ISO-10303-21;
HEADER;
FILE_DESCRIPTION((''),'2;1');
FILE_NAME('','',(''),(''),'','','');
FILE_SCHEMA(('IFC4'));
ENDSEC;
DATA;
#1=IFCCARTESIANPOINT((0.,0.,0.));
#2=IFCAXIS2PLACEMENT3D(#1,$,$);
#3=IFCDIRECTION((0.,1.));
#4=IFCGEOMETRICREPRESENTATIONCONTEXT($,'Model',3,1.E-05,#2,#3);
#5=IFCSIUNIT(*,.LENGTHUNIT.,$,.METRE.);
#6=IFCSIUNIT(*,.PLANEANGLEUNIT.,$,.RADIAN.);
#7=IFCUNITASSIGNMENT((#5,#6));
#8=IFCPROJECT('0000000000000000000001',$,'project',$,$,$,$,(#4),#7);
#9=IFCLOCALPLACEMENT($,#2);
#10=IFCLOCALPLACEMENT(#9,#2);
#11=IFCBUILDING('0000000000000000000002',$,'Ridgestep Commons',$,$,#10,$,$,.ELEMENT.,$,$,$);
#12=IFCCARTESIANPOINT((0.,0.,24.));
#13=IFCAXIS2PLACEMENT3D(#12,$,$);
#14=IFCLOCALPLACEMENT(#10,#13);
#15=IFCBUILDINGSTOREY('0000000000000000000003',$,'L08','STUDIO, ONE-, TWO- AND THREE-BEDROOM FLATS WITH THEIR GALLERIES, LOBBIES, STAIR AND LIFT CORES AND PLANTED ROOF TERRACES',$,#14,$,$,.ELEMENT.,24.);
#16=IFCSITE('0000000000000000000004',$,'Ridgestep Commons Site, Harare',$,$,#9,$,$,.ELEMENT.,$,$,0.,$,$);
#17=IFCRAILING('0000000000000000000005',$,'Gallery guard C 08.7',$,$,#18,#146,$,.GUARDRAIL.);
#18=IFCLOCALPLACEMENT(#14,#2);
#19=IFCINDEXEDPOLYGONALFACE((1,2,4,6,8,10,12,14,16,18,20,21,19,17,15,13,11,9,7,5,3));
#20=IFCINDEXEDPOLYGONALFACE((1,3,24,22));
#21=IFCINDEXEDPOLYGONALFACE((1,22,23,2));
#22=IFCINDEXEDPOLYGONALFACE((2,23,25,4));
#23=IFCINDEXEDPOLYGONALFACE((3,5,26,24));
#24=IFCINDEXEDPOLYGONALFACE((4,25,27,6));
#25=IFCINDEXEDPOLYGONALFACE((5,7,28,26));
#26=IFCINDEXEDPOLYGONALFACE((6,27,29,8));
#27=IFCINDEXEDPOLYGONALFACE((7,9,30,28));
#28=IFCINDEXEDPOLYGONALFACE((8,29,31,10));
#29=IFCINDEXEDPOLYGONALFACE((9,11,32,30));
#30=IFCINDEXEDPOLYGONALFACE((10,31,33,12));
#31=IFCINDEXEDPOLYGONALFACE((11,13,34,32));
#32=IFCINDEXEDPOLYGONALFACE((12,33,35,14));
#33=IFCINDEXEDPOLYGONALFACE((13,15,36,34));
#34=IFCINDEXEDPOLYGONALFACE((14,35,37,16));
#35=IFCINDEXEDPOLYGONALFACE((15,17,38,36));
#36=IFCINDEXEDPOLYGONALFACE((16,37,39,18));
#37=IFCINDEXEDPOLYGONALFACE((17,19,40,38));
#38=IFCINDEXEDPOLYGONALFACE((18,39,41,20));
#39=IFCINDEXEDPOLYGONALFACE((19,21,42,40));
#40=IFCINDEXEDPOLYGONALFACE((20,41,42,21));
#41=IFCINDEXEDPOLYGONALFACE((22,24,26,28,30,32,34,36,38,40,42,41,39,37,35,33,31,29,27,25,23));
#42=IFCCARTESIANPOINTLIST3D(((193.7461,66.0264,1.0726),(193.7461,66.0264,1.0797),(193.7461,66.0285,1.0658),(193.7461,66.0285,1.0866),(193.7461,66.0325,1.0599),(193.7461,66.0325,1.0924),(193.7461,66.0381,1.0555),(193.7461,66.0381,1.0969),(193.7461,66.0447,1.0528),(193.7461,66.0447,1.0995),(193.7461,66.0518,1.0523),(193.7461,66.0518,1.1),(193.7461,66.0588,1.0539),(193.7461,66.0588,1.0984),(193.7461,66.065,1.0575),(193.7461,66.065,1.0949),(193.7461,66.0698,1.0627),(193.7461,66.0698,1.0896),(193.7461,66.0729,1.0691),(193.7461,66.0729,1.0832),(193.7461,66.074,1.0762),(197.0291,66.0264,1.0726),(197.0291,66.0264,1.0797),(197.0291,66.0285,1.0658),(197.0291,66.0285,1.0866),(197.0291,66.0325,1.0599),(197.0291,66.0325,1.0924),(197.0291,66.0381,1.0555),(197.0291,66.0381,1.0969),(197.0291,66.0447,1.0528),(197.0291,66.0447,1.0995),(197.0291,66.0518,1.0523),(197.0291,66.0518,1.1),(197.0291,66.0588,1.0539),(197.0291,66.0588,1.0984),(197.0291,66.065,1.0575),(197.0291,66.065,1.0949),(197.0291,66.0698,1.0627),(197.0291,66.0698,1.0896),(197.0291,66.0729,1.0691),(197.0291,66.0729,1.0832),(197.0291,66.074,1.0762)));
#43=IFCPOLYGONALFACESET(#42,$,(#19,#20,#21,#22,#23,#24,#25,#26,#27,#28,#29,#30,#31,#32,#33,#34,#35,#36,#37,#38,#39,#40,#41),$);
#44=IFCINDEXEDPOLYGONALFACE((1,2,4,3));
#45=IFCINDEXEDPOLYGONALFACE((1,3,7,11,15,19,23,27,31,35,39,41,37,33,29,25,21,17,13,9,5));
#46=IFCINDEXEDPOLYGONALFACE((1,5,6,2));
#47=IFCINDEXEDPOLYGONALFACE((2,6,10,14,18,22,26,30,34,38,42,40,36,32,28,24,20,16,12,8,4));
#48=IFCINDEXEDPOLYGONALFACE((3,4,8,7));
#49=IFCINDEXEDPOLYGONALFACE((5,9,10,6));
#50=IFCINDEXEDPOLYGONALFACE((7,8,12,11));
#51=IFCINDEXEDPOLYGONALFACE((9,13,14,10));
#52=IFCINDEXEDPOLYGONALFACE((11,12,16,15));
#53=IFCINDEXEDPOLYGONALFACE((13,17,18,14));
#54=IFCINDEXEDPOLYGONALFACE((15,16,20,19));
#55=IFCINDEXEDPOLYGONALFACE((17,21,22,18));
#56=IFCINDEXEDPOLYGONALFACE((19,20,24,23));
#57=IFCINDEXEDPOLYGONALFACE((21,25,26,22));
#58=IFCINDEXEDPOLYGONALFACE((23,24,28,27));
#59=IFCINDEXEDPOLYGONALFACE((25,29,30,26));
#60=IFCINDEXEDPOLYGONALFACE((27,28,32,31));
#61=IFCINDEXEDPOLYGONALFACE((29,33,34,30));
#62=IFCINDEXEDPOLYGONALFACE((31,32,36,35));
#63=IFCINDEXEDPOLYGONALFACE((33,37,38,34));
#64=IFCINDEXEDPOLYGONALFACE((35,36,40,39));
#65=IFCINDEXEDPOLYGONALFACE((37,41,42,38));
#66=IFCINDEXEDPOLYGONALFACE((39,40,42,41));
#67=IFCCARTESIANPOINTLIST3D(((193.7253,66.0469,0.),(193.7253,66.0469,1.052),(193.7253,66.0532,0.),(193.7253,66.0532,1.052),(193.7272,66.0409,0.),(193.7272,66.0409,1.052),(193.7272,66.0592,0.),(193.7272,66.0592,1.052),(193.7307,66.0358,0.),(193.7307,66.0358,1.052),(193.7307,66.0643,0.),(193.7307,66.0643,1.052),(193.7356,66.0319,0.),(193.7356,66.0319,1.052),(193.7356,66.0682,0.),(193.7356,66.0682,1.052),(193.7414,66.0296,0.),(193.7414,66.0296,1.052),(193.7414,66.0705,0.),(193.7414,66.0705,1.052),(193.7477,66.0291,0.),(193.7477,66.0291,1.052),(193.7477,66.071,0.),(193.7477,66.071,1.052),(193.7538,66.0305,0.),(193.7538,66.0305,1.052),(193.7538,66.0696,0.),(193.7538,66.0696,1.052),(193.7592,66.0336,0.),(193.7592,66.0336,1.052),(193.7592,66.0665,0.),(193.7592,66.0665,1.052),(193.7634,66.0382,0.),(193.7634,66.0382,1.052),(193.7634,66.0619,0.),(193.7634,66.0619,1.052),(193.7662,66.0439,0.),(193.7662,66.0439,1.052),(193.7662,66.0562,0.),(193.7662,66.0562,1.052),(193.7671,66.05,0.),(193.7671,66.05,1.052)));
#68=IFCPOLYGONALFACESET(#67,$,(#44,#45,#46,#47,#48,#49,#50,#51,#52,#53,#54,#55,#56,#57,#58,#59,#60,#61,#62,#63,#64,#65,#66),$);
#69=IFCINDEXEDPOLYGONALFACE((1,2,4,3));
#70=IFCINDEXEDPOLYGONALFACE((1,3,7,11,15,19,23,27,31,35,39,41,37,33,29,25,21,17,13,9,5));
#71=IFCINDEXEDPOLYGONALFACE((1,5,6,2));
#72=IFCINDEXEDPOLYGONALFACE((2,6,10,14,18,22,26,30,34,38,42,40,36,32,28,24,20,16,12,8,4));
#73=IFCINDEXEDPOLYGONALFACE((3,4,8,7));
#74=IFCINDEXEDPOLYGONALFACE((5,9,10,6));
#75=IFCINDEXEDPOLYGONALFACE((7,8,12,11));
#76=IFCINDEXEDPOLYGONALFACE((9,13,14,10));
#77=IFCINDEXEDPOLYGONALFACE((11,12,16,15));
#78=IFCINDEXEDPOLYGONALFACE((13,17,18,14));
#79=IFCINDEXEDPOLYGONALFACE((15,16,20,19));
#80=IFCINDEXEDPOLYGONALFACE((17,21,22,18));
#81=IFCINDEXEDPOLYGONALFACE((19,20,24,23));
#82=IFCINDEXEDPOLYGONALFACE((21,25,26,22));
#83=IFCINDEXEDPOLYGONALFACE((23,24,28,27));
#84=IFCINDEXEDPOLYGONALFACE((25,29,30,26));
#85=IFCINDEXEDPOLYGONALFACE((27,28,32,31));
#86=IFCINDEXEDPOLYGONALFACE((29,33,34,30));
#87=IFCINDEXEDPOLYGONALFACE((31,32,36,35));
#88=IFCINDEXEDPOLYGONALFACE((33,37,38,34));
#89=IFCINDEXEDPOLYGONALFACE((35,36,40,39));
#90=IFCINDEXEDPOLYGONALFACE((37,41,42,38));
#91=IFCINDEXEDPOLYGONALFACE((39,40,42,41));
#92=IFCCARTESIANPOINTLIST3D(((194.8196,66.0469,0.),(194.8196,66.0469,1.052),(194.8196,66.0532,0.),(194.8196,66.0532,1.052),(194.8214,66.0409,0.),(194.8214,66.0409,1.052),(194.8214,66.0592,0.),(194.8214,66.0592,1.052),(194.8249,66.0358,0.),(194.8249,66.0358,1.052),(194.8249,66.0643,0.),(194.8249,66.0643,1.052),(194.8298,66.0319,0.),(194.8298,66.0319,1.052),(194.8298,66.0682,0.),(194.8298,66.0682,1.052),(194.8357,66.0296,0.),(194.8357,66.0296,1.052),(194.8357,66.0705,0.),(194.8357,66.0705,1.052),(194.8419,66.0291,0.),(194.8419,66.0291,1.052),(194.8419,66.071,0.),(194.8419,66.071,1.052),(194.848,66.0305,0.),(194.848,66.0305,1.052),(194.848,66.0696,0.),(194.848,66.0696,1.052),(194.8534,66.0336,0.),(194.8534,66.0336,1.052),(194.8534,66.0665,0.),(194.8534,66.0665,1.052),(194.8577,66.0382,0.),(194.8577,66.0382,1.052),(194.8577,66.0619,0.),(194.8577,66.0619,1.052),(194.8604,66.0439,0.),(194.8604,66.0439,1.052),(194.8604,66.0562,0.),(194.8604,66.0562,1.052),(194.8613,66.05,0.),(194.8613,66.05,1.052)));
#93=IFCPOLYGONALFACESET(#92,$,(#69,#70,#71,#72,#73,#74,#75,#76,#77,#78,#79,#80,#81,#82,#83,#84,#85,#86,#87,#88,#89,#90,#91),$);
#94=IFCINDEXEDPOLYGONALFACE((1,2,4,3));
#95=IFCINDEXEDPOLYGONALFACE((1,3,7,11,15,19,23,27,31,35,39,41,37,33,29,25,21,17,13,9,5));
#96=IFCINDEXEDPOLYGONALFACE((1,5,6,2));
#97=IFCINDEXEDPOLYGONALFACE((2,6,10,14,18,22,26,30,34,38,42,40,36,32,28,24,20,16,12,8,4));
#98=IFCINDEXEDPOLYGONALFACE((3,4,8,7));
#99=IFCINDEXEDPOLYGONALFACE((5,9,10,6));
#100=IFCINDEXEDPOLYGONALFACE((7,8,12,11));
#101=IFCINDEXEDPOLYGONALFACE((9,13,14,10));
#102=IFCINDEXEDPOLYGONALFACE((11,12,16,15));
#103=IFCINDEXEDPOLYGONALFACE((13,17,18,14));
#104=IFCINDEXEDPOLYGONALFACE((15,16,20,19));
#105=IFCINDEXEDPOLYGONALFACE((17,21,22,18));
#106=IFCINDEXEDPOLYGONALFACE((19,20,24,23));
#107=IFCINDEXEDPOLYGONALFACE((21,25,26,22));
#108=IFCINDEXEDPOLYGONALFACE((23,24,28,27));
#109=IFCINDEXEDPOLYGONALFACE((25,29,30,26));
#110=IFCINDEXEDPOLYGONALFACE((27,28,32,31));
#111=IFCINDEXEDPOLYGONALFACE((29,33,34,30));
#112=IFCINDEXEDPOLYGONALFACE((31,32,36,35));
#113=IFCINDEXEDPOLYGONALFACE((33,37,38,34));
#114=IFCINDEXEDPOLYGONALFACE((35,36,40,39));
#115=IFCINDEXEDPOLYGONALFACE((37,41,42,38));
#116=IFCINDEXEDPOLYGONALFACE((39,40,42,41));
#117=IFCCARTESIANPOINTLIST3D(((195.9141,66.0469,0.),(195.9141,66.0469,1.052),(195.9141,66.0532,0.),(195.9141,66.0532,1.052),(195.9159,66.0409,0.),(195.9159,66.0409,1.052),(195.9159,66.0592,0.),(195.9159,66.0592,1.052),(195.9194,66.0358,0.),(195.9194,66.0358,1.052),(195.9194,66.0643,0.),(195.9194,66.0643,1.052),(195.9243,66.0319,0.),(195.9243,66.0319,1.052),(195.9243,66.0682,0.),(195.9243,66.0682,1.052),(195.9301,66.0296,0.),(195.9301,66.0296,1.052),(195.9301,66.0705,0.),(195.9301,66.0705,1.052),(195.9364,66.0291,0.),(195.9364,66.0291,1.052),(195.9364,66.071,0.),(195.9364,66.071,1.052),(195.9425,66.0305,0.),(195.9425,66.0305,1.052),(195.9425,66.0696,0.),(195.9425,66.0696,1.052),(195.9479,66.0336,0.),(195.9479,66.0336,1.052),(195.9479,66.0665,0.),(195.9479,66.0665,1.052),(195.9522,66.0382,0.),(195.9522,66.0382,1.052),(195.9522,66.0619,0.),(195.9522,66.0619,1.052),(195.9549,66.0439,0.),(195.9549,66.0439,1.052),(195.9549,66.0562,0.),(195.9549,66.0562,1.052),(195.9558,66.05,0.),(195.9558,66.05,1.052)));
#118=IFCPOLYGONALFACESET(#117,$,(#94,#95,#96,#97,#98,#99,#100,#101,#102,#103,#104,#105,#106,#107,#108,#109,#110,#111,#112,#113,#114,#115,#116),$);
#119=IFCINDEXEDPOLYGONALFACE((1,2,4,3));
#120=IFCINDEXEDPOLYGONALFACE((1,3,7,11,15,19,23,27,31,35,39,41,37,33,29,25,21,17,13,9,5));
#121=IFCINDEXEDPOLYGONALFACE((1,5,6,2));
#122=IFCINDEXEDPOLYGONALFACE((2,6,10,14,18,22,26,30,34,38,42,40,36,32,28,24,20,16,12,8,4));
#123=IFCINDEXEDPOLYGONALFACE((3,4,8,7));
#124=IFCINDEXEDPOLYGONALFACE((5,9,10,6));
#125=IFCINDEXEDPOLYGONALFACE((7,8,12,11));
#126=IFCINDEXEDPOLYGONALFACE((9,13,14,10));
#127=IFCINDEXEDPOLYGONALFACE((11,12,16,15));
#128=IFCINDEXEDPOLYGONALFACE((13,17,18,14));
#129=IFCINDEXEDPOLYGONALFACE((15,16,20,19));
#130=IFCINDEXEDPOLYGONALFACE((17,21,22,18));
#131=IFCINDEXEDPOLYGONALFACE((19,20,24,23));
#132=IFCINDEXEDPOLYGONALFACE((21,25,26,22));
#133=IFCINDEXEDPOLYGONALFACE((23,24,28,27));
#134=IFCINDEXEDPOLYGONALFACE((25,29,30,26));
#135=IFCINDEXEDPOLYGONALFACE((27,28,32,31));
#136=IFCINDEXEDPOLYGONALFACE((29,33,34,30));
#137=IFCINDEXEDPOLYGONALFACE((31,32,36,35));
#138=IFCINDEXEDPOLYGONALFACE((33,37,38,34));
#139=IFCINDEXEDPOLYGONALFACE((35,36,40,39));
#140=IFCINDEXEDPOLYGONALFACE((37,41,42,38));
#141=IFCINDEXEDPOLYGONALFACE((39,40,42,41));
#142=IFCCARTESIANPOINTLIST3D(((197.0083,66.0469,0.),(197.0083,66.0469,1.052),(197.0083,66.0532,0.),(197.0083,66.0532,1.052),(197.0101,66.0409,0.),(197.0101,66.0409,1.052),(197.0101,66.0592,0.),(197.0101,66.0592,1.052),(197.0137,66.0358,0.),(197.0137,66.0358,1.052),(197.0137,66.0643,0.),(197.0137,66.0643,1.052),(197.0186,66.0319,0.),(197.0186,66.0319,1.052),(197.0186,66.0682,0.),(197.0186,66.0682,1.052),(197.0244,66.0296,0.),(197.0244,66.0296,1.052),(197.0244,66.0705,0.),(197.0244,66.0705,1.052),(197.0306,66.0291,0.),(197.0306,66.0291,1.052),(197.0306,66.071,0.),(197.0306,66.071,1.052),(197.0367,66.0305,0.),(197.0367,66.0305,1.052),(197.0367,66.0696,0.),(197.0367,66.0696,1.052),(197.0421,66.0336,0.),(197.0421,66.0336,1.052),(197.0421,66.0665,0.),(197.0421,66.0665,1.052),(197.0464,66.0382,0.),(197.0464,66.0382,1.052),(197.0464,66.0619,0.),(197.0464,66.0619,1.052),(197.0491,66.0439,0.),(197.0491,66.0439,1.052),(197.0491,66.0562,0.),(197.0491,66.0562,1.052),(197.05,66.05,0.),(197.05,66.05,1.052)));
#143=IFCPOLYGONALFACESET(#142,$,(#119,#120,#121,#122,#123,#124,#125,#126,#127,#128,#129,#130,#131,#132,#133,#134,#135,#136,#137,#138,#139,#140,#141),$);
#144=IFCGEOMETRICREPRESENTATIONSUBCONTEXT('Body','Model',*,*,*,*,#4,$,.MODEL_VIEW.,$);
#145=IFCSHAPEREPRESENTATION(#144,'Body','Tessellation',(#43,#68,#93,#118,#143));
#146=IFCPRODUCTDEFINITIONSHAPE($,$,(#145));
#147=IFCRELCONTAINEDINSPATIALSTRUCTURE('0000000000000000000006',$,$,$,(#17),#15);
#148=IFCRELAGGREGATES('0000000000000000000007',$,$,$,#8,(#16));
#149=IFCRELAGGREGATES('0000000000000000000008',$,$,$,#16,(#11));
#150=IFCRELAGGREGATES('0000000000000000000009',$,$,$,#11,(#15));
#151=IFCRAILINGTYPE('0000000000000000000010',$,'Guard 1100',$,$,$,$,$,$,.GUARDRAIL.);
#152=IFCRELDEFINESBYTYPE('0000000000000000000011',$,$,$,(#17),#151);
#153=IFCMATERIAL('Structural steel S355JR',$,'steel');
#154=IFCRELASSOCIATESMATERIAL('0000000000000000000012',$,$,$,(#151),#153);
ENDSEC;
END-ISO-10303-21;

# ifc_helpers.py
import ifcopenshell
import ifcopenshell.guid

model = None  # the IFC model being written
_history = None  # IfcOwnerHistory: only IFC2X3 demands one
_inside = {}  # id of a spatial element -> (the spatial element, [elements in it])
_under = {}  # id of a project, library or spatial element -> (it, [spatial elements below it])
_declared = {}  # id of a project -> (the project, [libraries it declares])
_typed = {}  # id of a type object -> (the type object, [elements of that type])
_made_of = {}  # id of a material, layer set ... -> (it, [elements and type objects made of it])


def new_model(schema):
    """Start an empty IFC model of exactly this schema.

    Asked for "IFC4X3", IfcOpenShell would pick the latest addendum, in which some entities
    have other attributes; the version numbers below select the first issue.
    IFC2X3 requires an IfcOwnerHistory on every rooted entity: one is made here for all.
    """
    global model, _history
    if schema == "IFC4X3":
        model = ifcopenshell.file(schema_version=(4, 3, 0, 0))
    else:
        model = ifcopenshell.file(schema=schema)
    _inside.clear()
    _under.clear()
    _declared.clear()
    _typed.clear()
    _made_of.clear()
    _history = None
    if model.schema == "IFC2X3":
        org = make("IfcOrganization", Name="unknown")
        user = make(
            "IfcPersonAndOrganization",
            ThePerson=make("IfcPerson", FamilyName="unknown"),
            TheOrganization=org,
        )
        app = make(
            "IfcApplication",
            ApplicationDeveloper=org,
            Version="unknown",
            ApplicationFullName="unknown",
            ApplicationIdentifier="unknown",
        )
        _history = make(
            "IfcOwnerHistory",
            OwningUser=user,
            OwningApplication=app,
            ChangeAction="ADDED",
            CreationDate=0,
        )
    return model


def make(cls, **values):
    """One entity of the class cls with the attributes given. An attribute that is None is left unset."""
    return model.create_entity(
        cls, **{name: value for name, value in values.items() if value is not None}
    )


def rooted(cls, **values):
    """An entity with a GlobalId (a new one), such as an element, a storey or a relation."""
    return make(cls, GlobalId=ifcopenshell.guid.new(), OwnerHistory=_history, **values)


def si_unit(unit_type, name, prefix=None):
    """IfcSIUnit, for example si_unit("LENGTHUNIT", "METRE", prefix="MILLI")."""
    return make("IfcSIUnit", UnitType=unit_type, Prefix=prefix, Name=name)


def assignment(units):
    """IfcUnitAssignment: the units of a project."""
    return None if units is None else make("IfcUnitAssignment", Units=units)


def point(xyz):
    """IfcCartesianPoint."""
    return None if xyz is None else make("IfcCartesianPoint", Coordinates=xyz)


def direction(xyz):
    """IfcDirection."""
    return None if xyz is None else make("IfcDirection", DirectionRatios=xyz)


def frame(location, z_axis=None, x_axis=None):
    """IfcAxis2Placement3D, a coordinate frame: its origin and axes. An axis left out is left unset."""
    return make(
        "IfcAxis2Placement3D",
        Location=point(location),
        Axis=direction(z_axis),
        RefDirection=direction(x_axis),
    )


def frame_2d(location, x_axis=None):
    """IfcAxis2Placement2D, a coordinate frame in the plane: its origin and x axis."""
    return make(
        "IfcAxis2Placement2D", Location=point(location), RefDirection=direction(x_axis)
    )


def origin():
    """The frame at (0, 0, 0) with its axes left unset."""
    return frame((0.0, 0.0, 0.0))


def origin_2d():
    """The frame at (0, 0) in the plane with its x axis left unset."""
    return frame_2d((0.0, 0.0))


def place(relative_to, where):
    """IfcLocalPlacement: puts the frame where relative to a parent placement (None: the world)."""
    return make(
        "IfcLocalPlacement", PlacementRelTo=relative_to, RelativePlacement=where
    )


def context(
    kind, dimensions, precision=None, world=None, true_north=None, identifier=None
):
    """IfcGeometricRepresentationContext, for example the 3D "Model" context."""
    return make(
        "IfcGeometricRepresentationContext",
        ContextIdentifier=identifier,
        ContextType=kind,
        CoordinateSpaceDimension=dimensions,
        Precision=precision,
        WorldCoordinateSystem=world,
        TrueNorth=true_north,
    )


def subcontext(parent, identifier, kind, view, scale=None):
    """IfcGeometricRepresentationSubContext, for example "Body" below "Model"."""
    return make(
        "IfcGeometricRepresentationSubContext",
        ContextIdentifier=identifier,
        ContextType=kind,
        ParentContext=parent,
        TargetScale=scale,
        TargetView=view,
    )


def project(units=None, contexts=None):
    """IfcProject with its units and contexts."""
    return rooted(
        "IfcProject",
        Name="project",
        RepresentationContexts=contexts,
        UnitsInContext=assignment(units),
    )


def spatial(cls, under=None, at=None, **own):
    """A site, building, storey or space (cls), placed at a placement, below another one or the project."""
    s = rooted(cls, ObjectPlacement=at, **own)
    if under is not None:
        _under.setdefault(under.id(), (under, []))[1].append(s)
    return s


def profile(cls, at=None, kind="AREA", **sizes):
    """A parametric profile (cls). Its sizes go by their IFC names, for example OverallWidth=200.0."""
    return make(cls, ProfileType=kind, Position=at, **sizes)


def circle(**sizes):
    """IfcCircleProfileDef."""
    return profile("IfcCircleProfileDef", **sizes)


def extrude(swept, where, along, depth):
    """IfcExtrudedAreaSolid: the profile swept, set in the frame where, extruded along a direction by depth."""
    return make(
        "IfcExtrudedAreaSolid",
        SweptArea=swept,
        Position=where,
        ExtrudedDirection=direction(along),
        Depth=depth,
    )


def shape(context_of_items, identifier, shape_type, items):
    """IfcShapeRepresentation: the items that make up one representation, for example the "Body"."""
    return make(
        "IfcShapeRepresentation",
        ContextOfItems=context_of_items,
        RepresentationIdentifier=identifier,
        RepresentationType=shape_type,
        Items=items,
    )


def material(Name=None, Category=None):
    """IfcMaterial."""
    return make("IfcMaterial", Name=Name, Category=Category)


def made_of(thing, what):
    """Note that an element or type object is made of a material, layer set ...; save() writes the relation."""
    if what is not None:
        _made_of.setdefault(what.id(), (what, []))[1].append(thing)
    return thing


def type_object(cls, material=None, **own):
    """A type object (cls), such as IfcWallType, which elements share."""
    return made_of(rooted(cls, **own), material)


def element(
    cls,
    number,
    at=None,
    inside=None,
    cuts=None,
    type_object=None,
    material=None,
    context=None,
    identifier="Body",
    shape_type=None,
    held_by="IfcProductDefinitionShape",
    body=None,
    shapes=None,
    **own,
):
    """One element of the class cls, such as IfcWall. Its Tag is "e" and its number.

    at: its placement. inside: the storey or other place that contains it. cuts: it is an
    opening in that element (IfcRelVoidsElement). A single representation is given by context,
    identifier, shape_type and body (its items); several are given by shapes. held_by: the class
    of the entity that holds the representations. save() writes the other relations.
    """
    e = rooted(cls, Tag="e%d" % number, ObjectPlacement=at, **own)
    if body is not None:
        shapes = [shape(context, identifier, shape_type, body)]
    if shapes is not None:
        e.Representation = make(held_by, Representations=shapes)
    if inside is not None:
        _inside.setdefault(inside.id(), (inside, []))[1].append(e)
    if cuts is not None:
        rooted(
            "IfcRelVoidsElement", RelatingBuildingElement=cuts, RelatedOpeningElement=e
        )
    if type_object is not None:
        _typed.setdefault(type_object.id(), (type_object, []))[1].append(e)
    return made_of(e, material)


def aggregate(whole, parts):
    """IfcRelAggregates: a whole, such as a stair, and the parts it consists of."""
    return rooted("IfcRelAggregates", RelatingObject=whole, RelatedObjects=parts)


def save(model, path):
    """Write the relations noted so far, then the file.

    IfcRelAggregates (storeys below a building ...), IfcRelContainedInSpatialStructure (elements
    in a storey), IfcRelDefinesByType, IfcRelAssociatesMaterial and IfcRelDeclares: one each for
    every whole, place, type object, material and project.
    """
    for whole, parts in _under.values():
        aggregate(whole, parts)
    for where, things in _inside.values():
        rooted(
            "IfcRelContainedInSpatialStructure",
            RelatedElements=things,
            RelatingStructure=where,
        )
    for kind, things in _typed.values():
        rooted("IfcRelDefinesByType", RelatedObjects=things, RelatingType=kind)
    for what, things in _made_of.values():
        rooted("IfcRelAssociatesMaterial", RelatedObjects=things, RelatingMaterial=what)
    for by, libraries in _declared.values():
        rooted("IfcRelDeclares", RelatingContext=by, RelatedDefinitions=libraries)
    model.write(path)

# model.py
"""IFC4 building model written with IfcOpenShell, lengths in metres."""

from ifc_helpers import new_model, si_unit, direction, frame, origin, origin_2d, place, context, subcontext, project, spatial, circle, extrude, material, type_object, element, save


model = new_model("IFC4")

# Units and contexts
model_context = context("Model", 3, precision=1e-05, world=origin(), true_north=direction((0.0, 1.0)))
body_context = subcontext(model_context, "Body", "Model", "MODEL_VIEW")
ifc_project = project(units=[si_unit("LENGTHUNIT", "METRE"), si_unit("PLANEANGLEUNIT", "RADIAN")], contexts=[model_context])

# Site, building, storey
site_placement = place(None, origin())
site = spatial("IfcSite", under=ifc_project, at=site_placement, Name="Ridgestep Commons Site, Harare", CompositionType="ELEMENT", RefElevation=0.0)
building_placement = place(site_placement, origin())
building = spatial("IfcBuilding", under=site, at=building_placement, Name="Ridgestep Commons", CompositionType="ELEMENT")
storey_placement = place(building_placement, frame((0.0, 0.0, 24.0)))
storey = spatial("IfcBuildingStorey", under=building, at=storey_placement, Name="L08", Description="STUDIO, ONE-, TWO- AND THREE-BEDROOM FLATS WITH THEIR GALLERIES, LOBBIES, STAIR AND LIFT CORES AND PLANTED ROOF TERRACES", CompositionType="ELEMENT", Elevation=24.0)

# Railing
ifc_material_1 = material(Name="Structural steel S355JR", Category="steel")
railing_type_1 = type_object("IfcRailingType", Name="Guard 1100", PredefinedType="GUARDRAIL", material=ifc_material_1)
railing_1_placement = place(storey_placement, frame((193.7461, 66.05, 0.0)))
element("IfcRailing", 1, at=railing_1_placement, inside=storey, type_object=railing_type_1, Name="Gallery guard C 08.7", PredefinedType="GUARDRAIL", context=body_context, shape_type="SweptSolid", body=[
    extrude(circle(Radius=0.0239, at=origin_2d()), frame((0.0, 0.0, 1.0762), z_axis=(1.0, 0.0, 0.0), x_axis=(0.0, 1.0, 0.0)), (0.0, 0.0, 1.0), 3.283),
    extrude(circle(Radius=0.021, at=origin_2d()), origin(), (0.0, 0.0, 1.0), 1.052),
    extrude(circle(Radius=0.021, at=origin_2d()), frame((1.0942, 0.0, 0.0)), (0.0, 0.0, 1.0), 1.052),
    extrude(circle(Radius=0.021, at=origin_2d()), frame((2.1887, 0.0, 0.0)), (0.0, 0.0, 1.0), 1.052),
    extrude(circle(Radius=0.021, at=origin_2d()), frame((3.283, 0.0, 0.0)), (0.0, 0.0, 1.0), 1.052),
])

save(model, "model.ifc")
